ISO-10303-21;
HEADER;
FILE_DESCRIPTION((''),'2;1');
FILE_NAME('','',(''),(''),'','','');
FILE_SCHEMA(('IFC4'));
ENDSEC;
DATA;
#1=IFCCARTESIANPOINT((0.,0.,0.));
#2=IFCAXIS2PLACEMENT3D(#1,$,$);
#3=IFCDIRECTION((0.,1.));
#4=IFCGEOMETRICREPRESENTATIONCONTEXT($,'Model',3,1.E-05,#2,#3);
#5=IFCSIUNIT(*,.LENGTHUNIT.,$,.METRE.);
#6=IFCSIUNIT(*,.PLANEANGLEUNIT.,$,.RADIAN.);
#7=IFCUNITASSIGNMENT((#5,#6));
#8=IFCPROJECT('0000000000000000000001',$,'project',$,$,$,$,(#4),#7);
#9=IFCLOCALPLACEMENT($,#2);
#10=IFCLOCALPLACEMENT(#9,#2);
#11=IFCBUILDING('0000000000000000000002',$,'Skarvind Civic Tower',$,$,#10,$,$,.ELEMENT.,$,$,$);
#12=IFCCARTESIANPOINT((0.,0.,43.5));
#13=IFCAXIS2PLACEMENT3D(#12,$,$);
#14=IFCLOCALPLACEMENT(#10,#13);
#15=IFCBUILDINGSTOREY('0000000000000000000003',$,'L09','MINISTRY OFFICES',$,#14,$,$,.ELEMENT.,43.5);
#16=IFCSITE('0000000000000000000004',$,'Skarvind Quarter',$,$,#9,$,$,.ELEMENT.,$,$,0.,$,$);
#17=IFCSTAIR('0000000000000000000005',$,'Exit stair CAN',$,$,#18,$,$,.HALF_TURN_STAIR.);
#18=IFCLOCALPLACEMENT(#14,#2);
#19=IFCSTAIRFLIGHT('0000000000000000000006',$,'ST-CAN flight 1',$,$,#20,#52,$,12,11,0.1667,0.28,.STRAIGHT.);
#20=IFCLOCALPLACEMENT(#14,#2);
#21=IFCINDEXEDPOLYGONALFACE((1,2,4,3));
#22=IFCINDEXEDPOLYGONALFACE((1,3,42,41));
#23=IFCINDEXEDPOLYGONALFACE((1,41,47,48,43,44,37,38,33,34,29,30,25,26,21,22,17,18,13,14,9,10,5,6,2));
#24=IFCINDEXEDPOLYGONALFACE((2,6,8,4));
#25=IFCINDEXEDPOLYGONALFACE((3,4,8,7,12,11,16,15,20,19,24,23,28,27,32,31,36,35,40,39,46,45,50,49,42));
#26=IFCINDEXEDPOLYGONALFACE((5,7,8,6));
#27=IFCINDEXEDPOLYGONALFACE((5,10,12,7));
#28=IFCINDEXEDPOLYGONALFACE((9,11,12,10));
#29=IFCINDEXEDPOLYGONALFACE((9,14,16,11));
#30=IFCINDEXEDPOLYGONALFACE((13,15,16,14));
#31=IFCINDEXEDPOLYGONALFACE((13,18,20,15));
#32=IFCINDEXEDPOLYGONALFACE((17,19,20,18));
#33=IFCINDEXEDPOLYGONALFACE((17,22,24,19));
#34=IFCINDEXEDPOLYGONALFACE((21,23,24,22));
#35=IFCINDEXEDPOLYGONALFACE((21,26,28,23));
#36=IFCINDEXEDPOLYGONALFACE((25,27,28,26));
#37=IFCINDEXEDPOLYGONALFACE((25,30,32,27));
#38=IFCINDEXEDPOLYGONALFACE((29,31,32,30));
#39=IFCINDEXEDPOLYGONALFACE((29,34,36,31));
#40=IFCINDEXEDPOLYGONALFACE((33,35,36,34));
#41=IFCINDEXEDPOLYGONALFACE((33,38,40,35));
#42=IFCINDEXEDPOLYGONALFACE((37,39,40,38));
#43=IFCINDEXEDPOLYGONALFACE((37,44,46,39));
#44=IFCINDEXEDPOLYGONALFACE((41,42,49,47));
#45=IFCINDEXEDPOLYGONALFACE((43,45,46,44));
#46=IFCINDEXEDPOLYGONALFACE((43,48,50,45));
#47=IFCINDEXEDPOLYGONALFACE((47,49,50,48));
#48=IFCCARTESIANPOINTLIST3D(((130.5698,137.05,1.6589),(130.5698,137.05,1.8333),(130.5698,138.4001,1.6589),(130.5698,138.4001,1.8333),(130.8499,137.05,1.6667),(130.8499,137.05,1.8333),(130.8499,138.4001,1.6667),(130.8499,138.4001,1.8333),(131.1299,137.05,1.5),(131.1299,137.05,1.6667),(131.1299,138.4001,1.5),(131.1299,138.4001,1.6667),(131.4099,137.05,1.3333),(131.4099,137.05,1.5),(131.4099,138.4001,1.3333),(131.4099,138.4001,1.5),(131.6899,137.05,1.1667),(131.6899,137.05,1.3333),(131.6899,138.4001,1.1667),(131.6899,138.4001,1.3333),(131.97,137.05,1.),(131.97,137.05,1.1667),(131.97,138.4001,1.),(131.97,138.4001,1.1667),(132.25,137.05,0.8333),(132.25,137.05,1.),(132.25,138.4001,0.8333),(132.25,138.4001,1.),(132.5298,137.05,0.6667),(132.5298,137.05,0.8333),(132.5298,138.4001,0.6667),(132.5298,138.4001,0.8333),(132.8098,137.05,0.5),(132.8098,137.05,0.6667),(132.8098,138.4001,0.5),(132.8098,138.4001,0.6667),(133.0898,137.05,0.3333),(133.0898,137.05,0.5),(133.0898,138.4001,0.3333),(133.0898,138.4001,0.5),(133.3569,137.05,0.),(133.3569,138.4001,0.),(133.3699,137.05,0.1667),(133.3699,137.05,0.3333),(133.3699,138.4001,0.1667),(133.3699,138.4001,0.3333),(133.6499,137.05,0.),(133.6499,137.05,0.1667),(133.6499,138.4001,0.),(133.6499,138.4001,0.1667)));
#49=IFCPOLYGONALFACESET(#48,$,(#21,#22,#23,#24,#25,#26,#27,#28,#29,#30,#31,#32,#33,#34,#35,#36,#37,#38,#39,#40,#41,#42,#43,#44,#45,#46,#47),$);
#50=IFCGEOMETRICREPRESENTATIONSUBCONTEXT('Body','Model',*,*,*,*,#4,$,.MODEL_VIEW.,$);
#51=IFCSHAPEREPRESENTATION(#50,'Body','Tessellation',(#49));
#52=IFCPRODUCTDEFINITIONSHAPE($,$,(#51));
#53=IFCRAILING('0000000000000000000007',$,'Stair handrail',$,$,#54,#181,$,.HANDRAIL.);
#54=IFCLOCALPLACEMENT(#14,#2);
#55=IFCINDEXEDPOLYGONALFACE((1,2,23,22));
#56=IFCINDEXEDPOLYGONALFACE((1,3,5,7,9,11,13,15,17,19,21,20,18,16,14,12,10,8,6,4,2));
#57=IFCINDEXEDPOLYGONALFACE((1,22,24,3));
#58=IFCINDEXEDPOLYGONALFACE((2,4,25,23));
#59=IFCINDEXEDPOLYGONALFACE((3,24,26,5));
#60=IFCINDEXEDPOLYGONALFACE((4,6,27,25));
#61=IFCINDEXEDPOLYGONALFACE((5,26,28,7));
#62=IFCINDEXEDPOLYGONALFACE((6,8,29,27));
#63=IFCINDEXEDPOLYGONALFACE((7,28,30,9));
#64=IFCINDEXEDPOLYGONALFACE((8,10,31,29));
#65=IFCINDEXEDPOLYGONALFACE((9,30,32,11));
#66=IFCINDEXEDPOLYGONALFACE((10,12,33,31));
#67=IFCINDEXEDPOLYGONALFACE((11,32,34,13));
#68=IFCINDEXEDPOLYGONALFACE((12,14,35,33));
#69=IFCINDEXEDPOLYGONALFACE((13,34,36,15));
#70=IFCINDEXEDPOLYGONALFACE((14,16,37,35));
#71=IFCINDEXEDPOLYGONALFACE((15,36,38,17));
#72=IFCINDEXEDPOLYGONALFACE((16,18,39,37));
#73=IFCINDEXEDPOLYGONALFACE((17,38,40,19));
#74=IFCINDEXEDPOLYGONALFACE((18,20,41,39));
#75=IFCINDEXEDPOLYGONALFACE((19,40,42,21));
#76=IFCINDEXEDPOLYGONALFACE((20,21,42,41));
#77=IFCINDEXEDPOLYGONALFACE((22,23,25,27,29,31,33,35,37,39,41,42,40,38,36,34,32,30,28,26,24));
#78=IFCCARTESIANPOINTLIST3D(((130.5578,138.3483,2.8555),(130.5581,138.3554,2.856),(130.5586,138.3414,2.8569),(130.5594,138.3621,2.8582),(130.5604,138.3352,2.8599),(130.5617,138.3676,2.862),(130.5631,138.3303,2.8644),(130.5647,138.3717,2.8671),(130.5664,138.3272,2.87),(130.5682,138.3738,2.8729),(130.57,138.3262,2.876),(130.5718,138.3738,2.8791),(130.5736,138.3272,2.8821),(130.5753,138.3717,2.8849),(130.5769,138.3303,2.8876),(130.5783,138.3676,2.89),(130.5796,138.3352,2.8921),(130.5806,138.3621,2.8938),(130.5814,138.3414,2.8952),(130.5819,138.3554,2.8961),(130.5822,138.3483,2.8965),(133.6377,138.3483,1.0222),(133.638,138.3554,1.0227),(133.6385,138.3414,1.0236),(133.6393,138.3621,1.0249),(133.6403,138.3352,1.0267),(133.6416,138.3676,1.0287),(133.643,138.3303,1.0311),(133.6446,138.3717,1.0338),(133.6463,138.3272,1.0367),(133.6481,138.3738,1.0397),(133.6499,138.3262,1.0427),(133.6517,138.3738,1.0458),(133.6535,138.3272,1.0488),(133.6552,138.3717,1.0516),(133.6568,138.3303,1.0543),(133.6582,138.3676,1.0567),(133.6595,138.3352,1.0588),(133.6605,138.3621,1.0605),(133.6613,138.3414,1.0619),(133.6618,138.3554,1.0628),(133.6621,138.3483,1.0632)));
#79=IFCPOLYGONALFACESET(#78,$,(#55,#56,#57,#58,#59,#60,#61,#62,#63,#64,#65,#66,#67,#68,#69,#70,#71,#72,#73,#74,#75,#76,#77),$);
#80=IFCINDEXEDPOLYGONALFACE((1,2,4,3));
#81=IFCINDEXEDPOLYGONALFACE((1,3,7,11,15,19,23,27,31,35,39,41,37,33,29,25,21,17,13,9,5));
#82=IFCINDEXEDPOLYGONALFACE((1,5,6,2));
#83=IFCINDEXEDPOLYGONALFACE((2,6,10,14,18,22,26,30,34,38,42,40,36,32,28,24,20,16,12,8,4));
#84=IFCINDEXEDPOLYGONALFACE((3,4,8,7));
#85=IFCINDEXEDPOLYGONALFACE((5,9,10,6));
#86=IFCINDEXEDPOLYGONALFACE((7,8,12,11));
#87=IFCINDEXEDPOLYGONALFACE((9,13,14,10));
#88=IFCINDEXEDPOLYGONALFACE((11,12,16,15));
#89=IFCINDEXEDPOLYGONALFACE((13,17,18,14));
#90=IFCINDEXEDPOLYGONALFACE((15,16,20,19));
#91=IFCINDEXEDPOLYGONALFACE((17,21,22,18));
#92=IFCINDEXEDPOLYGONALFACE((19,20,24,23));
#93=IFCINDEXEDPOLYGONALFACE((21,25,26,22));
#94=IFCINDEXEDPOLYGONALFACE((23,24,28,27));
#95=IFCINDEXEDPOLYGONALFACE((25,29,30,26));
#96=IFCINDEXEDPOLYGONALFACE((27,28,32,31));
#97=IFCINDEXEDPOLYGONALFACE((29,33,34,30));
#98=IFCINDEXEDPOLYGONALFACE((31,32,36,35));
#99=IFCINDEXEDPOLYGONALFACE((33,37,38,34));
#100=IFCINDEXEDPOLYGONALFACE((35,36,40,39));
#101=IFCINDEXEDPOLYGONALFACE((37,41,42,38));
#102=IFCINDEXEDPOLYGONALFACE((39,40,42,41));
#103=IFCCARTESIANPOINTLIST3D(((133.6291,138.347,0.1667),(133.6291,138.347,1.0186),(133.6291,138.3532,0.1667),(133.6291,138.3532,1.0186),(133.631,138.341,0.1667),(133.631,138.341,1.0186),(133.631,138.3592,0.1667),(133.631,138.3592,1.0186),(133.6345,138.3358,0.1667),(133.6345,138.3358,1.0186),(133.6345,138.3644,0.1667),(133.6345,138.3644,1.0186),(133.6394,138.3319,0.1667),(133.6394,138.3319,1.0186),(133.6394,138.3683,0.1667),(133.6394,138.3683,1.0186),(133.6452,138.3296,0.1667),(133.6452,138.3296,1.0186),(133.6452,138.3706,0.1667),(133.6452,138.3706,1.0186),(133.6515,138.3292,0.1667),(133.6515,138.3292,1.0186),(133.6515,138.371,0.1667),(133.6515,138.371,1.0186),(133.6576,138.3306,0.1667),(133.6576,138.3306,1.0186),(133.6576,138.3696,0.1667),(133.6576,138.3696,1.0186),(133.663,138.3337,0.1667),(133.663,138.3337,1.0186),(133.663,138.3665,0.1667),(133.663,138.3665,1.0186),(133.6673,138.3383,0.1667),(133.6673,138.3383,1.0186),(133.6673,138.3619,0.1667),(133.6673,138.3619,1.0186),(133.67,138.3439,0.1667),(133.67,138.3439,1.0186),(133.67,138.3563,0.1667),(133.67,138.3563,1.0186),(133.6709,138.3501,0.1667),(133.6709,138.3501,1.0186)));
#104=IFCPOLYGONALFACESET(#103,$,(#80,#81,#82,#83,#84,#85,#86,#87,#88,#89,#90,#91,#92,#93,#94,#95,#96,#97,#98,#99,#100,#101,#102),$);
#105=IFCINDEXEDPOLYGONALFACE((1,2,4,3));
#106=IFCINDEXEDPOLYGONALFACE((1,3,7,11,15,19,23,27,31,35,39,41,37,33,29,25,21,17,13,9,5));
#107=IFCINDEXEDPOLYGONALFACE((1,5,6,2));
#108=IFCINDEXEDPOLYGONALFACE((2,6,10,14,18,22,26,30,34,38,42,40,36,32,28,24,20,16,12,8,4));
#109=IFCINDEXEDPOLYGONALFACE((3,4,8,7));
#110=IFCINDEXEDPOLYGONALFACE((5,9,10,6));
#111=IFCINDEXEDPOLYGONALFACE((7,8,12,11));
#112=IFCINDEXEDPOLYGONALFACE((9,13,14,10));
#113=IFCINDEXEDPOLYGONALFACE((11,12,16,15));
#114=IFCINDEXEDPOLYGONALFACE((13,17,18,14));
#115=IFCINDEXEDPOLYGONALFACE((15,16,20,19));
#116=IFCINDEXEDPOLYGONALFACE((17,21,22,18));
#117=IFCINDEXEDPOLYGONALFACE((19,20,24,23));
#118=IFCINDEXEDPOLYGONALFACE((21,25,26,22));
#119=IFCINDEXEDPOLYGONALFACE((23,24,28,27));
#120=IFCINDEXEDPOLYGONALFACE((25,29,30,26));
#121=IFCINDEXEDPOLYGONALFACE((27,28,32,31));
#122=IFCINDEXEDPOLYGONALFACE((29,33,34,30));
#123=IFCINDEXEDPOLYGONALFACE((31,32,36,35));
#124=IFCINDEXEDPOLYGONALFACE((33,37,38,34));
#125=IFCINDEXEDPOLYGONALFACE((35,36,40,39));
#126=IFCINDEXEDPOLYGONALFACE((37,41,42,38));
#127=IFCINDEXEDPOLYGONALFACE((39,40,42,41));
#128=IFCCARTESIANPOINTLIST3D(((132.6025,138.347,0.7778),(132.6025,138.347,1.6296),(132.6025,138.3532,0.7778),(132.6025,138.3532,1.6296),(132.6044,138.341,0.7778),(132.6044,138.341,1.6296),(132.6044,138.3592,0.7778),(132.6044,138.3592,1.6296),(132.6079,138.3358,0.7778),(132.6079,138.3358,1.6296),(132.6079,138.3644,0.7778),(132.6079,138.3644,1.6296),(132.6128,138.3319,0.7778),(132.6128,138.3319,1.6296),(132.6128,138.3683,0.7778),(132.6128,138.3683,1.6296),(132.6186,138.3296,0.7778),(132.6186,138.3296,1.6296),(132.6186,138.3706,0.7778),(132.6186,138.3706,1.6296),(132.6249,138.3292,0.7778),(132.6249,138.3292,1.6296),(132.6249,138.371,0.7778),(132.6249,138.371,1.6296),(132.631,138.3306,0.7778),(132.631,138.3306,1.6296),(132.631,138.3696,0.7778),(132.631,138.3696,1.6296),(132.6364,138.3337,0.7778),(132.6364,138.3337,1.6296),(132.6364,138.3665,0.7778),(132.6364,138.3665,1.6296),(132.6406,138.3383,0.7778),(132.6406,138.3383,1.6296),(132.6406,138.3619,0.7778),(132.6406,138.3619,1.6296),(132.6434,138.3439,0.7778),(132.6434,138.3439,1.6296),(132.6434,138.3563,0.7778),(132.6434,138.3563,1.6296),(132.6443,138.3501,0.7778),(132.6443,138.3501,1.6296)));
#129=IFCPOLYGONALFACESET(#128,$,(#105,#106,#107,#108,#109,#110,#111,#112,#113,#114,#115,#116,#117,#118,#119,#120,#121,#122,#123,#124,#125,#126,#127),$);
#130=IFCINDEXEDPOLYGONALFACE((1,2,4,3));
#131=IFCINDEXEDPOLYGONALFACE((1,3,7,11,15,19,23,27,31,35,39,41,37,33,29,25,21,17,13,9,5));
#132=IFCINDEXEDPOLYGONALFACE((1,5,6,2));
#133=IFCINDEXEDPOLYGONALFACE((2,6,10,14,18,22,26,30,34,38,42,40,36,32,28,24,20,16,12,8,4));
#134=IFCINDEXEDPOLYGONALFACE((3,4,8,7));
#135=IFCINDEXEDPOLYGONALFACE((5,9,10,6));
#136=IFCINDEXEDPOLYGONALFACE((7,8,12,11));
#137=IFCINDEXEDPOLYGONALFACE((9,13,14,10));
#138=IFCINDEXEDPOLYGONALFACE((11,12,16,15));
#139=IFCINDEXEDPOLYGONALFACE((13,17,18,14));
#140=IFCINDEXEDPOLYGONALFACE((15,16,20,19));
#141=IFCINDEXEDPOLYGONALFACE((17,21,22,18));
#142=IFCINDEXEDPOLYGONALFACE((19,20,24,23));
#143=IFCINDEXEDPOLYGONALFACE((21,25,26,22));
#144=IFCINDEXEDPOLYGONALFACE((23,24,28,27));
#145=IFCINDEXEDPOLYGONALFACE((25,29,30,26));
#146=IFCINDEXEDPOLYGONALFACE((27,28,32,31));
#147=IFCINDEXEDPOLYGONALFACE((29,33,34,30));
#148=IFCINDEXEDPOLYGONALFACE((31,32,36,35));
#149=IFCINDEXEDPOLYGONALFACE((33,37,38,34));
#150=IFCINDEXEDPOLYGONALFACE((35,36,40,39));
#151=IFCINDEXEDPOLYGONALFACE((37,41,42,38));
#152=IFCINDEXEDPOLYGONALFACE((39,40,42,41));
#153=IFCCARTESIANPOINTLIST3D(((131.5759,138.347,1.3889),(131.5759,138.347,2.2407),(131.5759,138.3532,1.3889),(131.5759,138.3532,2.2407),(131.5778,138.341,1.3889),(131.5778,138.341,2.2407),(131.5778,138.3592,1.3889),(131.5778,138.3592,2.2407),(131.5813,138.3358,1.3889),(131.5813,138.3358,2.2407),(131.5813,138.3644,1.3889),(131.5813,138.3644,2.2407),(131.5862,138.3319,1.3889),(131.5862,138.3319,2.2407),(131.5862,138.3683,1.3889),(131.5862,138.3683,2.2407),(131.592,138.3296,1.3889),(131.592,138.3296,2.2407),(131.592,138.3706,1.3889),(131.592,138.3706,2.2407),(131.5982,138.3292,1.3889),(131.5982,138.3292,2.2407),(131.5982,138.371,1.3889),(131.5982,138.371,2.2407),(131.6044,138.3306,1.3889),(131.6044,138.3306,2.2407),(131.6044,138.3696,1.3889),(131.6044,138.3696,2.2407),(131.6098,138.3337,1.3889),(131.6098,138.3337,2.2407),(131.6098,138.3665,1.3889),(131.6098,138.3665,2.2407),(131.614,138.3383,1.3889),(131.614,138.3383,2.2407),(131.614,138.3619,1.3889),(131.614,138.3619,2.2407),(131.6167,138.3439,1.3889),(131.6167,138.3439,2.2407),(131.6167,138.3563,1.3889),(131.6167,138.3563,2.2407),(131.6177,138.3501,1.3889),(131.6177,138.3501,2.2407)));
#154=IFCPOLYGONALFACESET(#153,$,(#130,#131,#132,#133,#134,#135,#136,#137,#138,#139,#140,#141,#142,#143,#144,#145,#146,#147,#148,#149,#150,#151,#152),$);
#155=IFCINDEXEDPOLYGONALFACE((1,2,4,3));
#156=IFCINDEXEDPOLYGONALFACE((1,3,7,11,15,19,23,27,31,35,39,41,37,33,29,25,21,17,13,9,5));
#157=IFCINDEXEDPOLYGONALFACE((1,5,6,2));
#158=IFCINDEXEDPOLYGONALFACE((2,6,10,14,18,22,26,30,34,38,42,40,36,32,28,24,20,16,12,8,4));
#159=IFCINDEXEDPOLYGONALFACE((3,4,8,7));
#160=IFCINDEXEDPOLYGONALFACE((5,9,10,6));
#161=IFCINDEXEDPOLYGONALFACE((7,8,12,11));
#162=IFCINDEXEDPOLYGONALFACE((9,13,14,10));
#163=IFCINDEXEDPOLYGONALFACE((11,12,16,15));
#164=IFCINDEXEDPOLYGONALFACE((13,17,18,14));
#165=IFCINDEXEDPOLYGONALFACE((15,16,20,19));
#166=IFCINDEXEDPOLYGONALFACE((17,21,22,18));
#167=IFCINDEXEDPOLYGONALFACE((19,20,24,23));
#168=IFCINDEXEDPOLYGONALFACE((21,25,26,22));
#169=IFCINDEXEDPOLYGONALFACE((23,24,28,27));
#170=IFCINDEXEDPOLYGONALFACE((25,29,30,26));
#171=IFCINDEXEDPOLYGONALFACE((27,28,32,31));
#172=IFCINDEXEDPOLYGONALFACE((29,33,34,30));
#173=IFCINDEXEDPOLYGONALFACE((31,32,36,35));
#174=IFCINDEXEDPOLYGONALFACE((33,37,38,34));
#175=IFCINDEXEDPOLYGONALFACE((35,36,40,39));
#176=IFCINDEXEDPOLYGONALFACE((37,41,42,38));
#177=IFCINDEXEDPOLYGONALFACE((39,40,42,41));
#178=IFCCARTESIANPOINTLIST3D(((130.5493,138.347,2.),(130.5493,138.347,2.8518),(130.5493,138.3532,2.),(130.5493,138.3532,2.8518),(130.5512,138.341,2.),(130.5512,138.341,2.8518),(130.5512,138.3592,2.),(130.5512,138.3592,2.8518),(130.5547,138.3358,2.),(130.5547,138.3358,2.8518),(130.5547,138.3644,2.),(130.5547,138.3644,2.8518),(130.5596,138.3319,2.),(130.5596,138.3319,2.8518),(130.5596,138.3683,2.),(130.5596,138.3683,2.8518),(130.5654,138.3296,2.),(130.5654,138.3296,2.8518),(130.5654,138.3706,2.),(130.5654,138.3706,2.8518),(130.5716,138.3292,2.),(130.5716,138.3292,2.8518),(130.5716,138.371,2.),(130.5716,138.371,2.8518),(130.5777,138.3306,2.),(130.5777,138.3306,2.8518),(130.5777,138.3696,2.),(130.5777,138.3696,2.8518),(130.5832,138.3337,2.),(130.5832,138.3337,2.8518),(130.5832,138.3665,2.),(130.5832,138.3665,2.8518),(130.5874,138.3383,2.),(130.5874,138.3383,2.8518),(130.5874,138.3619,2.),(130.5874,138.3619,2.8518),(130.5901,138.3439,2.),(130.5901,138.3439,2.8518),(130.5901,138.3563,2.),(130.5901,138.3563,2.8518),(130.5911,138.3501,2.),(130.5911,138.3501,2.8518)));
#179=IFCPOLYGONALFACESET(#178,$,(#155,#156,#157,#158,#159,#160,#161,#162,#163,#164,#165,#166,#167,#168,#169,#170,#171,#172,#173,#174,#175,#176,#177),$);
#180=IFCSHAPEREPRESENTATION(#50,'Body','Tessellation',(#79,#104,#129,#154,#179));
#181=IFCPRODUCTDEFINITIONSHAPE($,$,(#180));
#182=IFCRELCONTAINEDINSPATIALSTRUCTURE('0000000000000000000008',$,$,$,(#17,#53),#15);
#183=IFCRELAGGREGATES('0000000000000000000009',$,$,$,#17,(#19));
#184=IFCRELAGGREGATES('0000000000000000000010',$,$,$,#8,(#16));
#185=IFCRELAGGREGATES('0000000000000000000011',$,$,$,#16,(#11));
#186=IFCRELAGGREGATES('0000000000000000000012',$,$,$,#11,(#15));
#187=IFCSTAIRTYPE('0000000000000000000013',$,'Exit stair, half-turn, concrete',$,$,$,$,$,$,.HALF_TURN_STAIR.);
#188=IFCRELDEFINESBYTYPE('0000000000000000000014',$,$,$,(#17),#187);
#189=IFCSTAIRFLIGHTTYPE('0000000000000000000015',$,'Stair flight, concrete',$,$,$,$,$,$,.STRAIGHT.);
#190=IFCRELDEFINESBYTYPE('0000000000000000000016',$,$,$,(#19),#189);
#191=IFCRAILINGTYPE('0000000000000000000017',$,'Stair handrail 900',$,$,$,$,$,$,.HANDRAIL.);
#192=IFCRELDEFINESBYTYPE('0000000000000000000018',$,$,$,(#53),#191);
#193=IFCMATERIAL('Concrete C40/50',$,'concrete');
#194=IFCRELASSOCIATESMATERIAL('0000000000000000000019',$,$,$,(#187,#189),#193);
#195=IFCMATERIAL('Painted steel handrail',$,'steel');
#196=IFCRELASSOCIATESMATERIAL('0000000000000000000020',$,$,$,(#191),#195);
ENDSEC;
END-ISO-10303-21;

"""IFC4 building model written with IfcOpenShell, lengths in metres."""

from ifc_helpers import new_model, si_unit, direction, frame, origin, origin_2d, place, context, subcontext, project, spatial, polyline, circle, outline, extrude, material, type_object, element, aggregate, save


model = new_model("IFC4")

# Units and contexts
model_context = context("Model", 3, precision=1e-05, world=origin(), true_north=direction((0.0, 1.0)))
body_context = subcontext(model_context, "Body", "Model", "MODEL_VIEW")
ifc_project = project(units=[si_unit("LENGTHUNIT", "METRE"), si_unit("PLANEANGLEUNIT", "RADIAN")], contexts=[model_context])

# Site, building, storey
site_placement = place(None, origin())
site = spatial("IfcSite", under=ifc_project, at=site_placement, Name="Skarvind Quarter", CompositionType="ELEMENT", RefElevation=0.0)
building_placement = place(site_placement, origin())
building = spatial("IfcBuilding", under=site, at=building_placement, Name="Skarvind Civic Tower", CompositionType="ELEMENT")
storey_placement = place(building_placement, frame((0.0, 0.0, 43.5)))
storey = spatial("IfcBuildingStorey", under=building, at=storey_placement, Name="L09", Description="MINISTRY OFFICES", CompositionType="ELEMENT", Elevation=43.5)

# Stair, stair flight
ifc_material_1 = material(Name="Concrete C40/50", Category="concrete")
stair_type = type_object("IfcStairType", Name="Exit stair, half-turn, concrete", PredefinedType="HALF_TURN_STAIR", material=ifc_material_1)
stair_placement = place(storey_placement, origin())
stair = element("IfcStair", 1, at=stair_placement, inside=storey, type_object=stair_type, Name="Exit stair CAN", PredefinedType="HALF_TURN_STAIR")
stair_flight_type = type_object("IfcStairFlightType", Name="Stair flight, concrete", PredefinedType="STRAIGHT", material=ifc_material_1)
stair_flight_placement = place(storey_placement, frame((133.6499, 137.7251, 0.0), z_axis=(0.0, 0.0, 1.0), x_axis=(-1.0, 0.0, 0.0)))
stair_flight = element("IfcStairFlight", 2, at=stair_flight_placement, type_object=stair_flight_type, Name="ST-CAN flight 1", NumberOfRisers=12, NumberOfTreads=11, PredefinedType="STRAIGHT", RiserHeight=0.1667, TreadLength=0.28, context=body_context, shape_type="SweptSolid", body=[
    extrude(outline(polyline([(0.0, 0.0), (0.0, 0.1667), (0.28, 0.1667), (0.28, 0.3333), (0.5601, 0.3333), (0.5601, 0.5), (0.8401, 0.5), (0.8401, 0.6667), (1.1201, 0.6667), (1.1201, 0.8333), (1.3999, 0.8333), (1.3999, 1.0), (1.6799, 1.0), (1.6799, 1.1667), (1.96, 1.1667), (1.96, 1.3333), (2.24, 1.3333), (2.24, 1.5), (2.52, 1.5), (2.52, 1.6667), (2.8, 1.6667), (2.8, 1.8333), (3.0801, 1.8333), (3.0801, 2.0), (3.0801, 1.6589), (0.293, 0.0), (0.0, 0.0)])), frame((0.0, 0.675, 0.0), z_axis=(0.0, -1.0, 0.0), x_axis=(1.0, 0.0, 0.0)), (0.0, 0.0, 1.0), 1.3501),
])
aggregate(stair, [stair_flight])

# Railing
ifc_material_2 = material(Name="Painted steel handrail", Category="steel")
railing_type = type_object("IfcRailingType", Name="Stair handrail 900", PredefinedType="HANDRAIL", material=ifc_material_2)
railing_placement = place(storey_placement, frame((133.6499, 138.3501, 0.1667)))
element("IfcRailing", 3, at=railing_placement, inside=storey, type_object=railing_type, Name="Stair handrail", PredefinedType="HANDRAIL", context=body_context, shape_type="SweptSolid", body=[
    extrude(circle(Radius=0.0239, at=origin_2d()), frame((0.0, 0.0, 0.876), z_axis=(-0.859291, 0.0, 0.511487), x_axis=(0.0, -1.0, 0.0)), (0.0, 0.0, 1.0), 3.5842),
    extrude(circle(Radius=0.021, at=origin_2d()), origin(), (0.0, 0.0, 1.0), 0.8518),
    extrude(circle(Radius=0.021, at=origin_2d()), frame((-1.0266, 0.0, 0.6111)), (0.0, 0.0, 1.0), 0.8518),
    extrude(circle(Radius=0.021, at=origin_2d()), frame((-2.0532, 0.0, 1.2222)), (0.0, 0.0, 1.0), 0.8518),
    extrude(circle(Radius=0.021, at=origin_2d()), frame((-3.0798, 0.0, 1.8333)), (0.0, 0.0, 1.0), 0.8518),
])

save(model, "model.ifc")
